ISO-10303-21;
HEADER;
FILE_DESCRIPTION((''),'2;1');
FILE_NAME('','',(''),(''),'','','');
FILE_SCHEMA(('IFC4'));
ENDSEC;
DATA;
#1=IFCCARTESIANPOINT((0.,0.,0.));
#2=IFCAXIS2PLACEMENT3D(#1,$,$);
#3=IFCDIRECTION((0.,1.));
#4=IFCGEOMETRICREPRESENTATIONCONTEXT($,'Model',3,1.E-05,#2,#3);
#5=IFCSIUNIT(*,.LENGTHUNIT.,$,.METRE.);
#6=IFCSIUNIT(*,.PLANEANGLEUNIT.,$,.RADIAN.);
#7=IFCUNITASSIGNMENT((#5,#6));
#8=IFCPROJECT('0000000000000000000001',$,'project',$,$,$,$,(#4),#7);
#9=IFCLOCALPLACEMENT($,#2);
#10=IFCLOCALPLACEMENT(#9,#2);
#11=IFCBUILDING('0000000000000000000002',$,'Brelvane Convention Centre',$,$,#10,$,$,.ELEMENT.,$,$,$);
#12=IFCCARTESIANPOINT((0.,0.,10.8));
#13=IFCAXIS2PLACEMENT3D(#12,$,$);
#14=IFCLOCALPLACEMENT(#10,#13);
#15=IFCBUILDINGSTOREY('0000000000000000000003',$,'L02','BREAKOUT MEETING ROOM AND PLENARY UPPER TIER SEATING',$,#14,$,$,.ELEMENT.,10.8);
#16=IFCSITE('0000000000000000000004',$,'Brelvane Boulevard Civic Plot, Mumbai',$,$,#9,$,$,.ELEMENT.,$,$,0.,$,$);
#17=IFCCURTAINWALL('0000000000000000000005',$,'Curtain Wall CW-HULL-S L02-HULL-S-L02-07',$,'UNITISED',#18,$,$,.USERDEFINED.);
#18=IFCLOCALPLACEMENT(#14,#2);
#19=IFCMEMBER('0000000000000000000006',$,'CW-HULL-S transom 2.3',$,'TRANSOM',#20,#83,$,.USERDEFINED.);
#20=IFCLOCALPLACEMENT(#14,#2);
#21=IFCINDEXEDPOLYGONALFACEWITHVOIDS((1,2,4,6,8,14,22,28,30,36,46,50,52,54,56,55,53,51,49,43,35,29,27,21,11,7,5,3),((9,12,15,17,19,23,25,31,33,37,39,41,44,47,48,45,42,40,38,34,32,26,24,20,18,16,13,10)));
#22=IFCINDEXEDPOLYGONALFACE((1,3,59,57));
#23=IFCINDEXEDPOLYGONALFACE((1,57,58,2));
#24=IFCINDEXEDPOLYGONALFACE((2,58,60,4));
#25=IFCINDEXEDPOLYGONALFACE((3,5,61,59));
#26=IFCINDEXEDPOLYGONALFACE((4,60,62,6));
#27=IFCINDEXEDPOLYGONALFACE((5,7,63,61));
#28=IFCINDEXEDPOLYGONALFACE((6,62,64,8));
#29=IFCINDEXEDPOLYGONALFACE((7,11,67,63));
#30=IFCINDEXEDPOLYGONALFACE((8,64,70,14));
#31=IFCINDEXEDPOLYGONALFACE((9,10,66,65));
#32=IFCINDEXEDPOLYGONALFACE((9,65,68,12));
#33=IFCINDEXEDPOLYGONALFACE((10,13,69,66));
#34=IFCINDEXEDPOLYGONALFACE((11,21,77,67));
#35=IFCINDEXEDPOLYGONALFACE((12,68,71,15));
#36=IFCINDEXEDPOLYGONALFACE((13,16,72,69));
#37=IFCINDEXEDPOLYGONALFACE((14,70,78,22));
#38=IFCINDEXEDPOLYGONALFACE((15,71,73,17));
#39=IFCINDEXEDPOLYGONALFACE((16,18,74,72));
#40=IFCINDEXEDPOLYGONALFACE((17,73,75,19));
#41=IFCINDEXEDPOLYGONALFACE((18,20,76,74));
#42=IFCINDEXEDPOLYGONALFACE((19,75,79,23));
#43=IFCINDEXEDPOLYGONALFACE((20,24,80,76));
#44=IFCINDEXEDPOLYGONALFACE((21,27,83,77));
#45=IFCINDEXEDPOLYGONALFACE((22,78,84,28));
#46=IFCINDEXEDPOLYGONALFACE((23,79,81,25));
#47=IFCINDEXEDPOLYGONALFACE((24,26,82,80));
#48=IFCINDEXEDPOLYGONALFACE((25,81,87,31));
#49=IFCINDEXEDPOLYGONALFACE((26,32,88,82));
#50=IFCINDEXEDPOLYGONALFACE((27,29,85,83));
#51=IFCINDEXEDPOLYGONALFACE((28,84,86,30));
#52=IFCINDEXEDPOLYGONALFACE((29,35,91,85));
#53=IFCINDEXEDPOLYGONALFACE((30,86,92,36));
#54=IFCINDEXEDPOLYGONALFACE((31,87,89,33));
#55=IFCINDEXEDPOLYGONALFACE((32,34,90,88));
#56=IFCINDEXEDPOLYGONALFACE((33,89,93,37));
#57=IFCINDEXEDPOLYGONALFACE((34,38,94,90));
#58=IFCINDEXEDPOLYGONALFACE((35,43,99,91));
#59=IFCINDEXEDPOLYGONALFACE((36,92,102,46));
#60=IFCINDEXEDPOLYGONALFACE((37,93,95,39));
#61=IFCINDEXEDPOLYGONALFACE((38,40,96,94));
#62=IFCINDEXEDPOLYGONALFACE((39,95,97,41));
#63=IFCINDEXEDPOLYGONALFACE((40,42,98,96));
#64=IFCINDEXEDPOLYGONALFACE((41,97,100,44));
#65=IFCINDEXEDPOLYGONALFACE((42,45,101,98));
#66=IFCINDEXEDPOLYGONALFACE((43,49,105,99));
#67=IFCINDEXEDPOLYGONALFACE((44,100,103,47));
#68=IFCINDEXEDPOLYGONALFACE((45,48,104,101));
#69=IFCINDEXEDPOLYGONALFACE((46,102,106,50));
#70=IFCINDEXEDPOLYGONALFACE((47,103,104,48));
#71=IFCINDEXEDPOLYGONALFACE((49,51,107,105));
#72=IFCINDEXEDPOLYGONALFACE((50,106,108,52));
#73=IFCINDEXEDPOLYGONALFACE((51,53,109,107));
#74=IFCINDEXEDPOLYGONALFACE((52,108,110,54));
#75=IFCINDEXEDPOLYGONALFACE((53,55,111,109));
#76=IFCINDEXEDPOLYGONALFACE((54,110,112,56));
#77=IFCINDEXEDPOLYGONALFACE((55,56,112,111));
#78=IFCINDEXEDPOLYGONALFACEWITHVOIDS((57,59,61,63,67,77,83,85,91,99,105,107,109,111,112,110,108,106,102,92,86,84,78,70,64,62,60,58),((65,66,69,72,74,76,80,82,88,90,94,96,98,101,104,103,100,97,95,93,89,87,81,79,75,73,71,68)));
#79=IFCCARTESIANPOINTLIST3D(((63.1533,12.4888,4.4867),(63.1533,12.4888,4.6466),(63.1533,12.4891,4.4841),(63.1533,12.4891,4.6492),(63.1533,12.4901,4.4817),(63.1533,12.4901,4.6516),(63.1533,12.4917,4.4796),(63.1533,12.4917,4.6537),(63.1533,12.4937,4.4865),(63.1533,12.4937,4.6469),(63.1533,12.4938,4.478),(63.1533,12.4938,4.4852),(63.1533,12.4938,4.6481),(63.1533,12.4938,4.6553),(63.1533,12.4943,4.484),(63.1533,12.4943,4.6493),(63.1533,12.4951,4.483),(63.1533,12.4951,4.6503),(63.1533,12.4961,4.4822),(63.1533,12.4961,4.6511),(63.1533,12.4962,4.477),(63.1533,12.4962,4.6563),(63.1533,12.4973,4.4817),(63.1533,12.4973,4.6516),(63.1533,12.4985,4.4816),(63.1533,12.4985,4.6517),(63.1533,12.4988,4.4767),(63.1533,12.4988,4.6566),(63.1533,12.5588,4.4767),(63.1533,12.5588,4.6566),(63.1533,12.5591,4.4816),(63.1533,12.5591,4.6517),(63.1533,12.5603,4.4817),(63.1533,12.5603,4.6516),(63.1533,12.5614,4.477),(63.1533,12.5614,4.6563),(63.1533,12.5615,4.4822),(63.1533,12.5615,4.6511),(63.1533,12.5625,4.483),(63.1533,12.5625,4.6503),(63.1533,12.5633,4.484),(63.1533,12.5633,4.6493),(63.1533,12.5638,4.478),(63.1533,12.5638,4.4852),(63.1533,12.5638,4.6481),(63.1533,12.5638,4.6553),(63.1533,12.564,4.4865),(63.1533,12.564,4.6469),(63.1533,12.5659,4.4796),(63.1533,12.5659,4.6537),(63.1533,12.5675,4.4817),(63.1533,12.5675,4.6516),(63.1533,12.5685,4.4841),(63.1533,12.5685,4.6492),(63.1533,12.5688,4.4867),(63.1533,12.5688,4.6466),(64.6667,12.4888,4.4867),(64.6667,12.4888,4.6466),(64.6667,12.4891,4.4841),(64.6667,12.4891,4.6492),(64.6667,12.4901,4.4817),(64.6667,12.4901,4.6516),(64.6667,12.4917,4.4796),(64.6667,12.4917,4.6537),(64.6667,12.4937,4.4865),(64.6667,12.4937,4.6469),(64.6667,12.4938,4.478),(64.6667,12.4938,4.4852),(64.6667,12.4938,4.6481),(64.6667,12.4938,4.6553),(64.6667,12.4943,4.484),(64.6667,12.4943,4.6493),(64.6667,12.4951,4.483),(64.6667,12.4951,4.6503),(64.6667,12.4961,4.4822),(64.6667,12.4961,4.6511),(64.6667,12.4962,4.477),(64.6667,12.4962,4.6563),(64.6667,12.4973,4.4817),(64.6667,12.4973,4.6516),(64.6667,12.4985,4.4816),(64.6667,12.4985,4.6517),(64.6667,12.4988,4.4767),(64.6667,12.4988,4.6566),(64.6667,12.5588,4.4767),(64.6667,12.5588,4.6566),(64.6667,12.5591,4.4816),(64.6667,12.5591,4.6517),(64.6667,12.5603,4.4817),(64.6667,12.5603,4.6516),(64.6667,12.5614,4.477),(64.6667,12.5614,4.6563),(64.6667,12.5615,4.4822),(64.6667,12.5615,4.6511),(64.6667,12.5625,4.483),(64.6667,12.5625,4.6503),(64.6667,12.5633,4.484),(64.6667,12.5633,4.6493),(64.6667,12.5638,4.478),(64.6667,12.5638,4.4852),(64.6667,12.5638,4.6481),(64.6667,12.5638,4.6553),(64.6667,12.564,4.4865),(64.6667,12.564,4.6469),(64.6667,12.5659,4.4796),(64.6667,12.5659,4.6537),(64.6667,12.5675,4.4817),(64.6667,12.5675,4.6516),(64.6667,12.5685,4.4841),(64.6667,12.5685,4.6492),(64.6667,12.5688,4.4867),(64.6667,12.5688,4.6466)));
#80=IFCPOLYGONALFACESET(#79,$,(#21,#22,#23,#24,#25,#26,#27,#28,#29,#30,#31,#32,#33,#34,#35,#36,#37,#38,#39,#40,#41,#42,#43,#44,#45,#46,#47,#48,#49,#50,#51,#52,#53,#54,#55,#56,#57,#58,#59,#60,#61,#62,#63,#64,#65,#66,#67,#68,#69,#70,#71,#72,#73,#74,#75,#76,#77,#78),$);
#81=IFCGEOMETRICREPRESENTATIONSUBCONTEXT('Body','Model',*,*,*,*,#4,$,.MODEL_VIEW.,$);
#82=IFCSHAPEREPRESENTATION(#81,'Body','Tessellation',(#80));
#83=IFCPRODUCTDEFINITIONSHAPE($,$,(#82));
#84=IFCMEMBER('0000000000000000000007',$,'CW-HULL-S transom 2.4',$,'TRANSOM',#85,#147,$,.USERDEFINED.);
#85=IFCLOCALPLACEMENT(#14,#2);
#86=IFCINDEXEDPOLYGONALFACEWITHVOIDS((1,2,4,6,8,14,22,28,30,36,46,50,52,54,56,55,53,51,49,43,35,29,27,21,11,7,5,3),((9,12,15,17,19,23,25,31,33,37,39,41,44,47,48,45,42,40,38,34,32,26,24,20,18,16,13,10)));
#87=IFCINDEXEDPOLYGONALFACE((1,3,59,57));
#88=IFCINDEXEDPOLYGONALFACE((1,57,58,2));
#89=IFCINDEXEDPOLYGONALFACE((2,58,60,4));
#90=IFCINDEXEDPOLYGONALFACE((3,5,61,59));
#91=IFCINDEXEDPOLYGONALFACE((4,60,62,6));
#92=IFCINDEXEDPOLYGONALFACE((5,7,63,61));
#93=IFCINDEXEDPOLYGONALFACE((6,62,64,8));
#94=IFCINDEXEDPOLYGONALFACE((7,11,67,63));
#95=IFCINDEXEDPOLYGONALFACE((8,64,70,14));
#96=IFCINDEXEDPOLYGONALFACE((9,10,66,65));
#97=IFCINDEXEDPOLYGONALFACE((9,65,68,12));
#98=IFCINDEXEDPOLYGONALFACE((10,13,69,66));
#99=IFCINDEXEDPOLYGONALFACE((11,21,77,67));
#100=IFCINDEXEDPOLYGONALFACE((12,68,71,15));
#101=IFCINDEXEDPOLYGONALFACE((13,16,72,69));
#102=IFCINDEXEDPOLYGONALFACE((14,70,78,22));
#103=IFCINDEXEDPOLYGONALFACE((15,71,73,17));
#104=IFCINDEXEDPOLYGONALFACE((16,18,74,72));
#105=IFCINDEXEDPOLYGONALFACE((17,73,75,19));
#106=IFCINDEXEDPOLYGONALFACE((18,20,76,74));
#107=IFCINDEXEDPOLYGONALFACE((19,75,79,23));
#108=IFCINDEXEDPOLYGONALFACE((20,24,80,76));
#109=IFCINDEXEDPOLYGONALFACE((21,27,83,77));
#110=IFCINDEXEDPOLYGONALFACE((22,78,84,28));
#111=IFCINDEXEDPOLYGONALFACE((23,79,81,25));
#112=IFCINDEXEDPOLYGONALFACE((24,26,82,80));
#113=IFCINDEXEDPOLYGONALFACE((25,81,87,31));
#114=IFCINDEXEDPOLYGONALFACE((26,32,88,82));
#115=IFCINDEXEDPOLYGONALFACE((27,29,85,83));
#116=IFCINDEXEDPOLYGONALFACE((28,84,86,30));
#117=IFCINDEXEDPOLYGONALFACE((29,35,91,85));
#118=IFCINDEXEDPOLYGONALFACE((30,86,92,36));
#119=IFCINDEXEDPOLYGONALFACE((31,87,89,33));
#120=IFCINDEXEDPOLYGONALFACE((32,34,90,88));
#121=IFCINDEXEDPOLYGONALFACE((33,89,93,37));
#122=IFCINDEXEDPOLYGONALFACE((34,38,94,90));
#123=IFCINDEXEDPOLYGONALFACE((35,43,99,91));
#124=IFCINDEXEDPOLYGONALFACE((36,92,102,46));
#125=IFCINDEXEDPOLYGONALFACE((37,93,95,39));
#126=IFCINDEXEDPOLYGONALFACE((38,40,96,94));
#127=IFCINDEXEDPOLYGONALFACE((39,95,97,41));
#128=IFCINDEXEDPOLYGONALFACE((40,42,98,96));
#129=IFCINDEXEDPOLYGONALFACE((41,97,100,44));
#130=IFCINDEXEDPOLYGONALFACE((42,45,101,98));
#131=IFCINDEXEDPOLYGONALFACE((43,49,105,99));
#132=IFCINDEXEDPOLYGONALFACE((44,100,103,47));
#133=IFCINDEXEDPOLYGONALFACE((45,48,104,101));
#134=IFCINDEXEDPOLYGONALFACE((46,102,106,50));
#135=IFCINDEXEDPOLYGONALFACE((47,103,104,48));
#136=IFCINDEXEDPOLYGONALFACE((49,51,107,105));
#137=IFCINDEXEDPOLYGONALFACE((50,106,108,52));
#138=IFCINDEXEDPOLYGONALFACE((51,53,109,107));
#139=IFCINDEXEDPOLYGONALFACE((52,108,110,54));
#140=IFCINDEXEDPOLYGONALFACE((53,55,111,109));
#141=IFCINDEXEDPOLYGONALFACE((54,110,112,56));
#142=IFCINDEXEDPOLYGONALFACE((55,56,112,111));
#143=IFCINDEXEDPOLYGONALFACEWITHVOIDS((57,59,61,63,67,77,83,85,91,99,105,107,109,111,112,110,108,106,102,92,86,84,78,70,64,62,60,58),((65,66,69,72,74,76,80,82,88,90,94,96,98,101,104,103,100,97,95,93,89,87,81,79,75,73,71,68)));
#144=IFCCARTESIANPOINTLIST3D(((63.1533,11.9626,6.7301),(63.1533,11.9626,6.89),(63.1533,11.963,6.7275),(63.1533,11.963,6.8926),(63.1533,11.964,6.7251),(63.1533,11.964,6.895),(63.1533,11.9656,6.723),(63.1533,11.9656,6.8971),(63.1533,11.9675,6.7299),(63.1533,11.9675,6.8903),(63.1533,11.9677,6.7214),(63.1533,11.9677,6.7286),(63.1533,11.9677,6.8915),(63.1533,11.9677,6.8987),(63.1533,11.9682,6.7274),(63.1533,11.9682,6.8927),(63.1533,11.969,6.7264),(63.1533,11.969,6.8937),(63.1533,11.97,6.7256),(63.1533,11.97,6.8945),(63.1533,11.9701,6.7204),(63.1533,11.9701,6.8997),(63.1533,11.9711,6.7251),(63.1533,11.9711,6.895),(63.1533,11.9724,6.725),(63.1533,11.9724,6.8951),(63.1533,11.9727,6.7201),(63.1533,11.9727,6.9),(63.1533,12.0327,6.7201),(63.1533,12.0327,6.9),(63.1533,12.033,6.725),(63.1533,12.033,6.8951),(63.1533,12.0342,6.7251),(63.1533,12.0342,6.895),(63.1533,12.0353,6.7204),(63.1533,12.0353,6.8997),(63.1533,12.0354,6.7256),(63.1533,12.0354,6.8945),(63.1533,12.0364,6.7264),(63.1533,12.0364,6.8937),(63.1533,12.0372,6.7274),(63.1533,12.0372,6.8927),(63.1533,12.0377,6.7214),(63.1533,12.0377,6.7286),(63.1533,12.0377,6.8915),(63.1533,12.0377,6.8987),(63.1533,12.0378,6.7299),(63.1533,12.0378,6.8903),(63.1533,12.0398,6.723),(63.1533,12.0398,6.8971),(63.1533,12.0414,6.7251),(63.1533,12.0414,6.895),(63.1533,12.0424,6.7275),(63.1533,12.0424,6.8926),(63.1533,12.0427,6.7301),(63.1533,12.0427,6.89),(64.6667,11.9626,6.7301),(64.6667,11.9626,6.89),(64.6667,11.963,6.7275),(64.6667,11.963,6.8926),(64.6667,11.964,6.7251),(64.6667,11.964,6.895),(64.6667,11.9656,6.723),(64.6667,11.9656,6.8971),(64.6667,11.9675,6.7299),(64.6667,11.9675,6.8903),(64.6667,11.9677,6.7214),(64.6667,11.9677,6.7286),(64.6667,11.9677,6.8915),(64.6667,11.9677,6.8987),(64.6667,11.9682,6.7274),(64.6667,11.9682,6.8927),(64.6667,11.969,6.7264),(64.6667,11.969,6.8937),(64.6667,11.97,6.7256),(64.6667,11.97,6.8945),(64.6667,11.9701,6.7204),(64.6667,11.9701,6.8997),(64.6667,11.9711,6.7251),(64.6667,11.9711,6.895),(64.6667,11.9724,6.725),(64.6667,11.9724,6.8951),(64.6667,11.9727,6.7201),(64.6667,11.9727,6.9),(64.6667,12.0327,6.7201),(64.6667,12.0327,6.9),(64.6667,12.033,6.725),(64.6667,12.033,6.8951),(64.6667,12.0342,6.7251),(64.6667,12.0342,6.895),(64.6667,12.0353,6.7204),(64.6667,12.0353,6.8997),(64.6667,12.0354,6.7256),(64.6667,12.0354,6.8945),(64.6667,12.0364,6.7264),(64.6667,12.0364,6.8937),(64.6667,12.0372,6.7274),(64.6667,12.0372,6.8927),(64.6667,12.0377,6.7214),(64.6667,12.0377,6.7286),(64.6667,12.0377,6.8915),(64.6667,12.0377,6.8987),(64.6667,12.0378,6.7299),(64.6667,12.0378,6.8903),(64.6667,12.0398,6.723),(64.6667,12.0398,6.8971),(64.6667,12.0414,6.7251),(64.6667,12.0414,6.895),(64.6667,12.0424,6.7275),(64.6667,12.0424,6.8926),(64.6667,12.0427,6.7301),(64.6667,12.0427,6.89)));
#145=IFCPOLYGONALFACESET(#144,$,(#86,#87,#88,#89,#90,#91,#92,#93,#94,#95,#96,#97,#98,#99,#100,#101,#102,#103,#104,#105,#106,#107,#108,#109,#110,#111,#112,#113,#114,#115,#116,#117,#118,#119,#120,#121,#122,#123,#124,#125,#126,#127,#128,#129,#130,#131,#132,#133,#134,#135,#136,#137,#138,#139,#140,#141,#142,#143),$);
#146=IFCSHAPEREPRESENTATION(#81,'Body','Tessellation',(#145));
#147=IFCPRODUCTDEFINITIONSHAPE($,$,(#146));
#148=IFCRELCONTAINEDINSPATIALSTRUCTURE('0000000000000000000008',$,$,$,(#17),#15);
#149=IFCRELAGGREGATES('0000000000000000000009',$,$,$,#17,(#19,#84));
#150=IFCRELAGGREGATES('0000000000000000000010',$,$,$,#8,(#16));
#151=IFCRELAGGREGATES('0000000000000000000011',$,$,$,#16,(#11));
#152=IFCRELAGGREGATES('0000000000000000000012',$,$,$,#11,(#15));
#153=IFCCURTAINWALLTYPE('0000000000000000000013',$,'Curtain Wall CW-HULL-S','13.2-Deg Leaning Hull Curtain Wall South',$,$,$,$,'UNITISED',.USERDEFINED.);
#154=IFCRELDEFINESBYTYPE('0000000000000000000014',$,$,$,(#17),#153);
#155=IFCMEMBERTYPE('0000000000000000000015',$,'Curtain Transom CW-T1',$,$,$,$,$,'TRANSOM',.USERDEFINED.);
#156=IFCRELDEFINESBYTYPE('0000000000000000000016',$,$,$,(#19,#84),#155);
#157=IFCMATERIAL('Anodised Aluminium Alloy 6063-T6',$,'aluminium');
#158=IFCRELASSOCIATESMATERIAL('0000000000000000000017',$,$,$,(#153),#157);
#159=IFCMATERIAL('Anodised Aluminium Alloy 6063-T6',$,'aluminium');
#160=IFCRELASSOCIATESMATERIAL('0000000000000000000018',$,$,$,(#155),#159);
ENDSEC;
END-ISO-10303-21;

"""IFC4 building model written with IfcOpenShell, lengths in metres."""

from ifc_helpers import new_model, si_unit, direction, frame, origin, origin_2d, place, context, subcontext, project, spatial, hollow_rectangle, extrude, material, material_profile, profile_set, type_object, element, aggregate, save


model = new_model("IFC4")

# Units and contexts
model_context = context("Model", 3, precision=1e-05, world=origin(), true_north=direction((0.0, 1.0)))
body_context = subcontext(model_context, "Body", "Model", "MODEL_VIEW")
ifc_project = project(units=[si_unit("LENGTHUNIT", "METRE"), si_unit("PLANEANGLEUNIT", "RADIAN")], contexts=[model_context])

# Site, building, storey
site_placement = place(None, origin())
site = spatial("IfcSite", under=ifc_project, at=site_placement, Name="Brelvane Boulevard Civic Plot, Mumbai", CompositionType="ELEMENT", RefElevation=0.0)
building_placement = place(site_placement, origin())
building = spatial("IfcBuilding", under=site, at=building_placement, Name="Brelvane Convention Centre", CompositionType="ELEMENT")
storey_placement = place(building_placement, frame((0.0, 0.0, 10.8)))
storey = spatial("IfcBuildingStorey", under=building, at=storey_placement, Name="L02", Description="BREAKOUT MEETING ROOM AND PLENARY UPPER TIER SEATING", CompositionType="ELEMENT", Elevation=10.8)

# Curtain wall, members
ifc_material_1 = material(Name="Anodised Aluminium Alloy 6063-T6", Category="aluminium")
curtain_wall_type = type_object("IfcCurtainWallType", Name="Curtain Wall CW-HULL-S", Description="13.2-Deg Leaning Hull Curtain Wall South", ElementType="UNITISED", PredefinedType="USERDEFINED", material=ifc_material_1)
curtain_wall_1_placement = place(storey_placement, origin())
curtain_wall_1 = element("IfcCurtainWall", 1, at=curtain_wall_1_placement, inside=storey, type_object=curtain_wall_type, Name="Curtain Wall CW-HULL-S L02-HULL-S-L02-07", ObjectType="UNITISED", PredefinedType="USERDEFINED")
ifc_material_2 = material(Name="Anodised Aluminium Alloy 6063-T6", Category="aluminium")
ifc_material_profile = material_profile(ifc_material_2, hollow_rectangle(XDim=0.0801, YDim=0.1799, WallThickness=0.0049, InnerFilletRadius=0.0049, OuterFilletRadius=0.01, at=origin_2d()), Name="ALU-T 180x80x5.0")
ifc_profile_set = profile_set([ifc_material_profile], Name="Anodised Aluminium Alloy 6063-T6")
member_type = type_object("IfcMemberType", Name="Curtain Transom CW-T1", ElementType="TRANSOM", PredefinedType="USERDEFINED", material=ifc_profile_set)
member_1_placement = place(storey_placement, frame((63.1533, 12.5288, 4.5667), z_axis=(1.0, 0.0, 0.0), x_axis=(0.0, 1.0, 0.0)))
member_1 = element("IfcMember", 2, at=member_1_placement, type_object=member_type, Name="CW-HULL-S transom 2.3", ObjectType="TRANSOM", PredefinedType="USERDEFINED", context=body_context, shape_type="SweptSolid", body=[
    extrude(hollow_rectangle(XDim=0.0801, YDim=0.1799, WallThickness=0.0049, InnerFilletRadius=0.0049, OuterFilletRadius=0.01, at=origin_2d()), origin(), (0.0, 0.0, 1.0), 1.5134),
])
member_2_placement = place(storey_placement, frame((63.1533, 12.0027, 6.8101), z_axis=(1.0, 0.0, 0.0), x_axis=(0.0, 1.0, 0.0)))
member_2 = element("IfcMember", 3, at=member_2_placement, type_object=member_type, Name="CW-HULL-S transom 2.4", ObjectType="TRANSOM", PredefinedType="USERDEFINED", context=body_context, shape_type="SweptSolid", body=[
    extrude(hollow_rectangle(XDim=0.0801, YDim=0.1799, WallThickness=0.0049, InnerFilletRadius=0.0049, OuterFilletRadius=0.01, at=origin_2d()), origin(), (0.0, 0.0, 1.0), 1.5134),
])

aggregate(curtain_wall_1, [member_1, member_2])

save(model, "model.ifc")
